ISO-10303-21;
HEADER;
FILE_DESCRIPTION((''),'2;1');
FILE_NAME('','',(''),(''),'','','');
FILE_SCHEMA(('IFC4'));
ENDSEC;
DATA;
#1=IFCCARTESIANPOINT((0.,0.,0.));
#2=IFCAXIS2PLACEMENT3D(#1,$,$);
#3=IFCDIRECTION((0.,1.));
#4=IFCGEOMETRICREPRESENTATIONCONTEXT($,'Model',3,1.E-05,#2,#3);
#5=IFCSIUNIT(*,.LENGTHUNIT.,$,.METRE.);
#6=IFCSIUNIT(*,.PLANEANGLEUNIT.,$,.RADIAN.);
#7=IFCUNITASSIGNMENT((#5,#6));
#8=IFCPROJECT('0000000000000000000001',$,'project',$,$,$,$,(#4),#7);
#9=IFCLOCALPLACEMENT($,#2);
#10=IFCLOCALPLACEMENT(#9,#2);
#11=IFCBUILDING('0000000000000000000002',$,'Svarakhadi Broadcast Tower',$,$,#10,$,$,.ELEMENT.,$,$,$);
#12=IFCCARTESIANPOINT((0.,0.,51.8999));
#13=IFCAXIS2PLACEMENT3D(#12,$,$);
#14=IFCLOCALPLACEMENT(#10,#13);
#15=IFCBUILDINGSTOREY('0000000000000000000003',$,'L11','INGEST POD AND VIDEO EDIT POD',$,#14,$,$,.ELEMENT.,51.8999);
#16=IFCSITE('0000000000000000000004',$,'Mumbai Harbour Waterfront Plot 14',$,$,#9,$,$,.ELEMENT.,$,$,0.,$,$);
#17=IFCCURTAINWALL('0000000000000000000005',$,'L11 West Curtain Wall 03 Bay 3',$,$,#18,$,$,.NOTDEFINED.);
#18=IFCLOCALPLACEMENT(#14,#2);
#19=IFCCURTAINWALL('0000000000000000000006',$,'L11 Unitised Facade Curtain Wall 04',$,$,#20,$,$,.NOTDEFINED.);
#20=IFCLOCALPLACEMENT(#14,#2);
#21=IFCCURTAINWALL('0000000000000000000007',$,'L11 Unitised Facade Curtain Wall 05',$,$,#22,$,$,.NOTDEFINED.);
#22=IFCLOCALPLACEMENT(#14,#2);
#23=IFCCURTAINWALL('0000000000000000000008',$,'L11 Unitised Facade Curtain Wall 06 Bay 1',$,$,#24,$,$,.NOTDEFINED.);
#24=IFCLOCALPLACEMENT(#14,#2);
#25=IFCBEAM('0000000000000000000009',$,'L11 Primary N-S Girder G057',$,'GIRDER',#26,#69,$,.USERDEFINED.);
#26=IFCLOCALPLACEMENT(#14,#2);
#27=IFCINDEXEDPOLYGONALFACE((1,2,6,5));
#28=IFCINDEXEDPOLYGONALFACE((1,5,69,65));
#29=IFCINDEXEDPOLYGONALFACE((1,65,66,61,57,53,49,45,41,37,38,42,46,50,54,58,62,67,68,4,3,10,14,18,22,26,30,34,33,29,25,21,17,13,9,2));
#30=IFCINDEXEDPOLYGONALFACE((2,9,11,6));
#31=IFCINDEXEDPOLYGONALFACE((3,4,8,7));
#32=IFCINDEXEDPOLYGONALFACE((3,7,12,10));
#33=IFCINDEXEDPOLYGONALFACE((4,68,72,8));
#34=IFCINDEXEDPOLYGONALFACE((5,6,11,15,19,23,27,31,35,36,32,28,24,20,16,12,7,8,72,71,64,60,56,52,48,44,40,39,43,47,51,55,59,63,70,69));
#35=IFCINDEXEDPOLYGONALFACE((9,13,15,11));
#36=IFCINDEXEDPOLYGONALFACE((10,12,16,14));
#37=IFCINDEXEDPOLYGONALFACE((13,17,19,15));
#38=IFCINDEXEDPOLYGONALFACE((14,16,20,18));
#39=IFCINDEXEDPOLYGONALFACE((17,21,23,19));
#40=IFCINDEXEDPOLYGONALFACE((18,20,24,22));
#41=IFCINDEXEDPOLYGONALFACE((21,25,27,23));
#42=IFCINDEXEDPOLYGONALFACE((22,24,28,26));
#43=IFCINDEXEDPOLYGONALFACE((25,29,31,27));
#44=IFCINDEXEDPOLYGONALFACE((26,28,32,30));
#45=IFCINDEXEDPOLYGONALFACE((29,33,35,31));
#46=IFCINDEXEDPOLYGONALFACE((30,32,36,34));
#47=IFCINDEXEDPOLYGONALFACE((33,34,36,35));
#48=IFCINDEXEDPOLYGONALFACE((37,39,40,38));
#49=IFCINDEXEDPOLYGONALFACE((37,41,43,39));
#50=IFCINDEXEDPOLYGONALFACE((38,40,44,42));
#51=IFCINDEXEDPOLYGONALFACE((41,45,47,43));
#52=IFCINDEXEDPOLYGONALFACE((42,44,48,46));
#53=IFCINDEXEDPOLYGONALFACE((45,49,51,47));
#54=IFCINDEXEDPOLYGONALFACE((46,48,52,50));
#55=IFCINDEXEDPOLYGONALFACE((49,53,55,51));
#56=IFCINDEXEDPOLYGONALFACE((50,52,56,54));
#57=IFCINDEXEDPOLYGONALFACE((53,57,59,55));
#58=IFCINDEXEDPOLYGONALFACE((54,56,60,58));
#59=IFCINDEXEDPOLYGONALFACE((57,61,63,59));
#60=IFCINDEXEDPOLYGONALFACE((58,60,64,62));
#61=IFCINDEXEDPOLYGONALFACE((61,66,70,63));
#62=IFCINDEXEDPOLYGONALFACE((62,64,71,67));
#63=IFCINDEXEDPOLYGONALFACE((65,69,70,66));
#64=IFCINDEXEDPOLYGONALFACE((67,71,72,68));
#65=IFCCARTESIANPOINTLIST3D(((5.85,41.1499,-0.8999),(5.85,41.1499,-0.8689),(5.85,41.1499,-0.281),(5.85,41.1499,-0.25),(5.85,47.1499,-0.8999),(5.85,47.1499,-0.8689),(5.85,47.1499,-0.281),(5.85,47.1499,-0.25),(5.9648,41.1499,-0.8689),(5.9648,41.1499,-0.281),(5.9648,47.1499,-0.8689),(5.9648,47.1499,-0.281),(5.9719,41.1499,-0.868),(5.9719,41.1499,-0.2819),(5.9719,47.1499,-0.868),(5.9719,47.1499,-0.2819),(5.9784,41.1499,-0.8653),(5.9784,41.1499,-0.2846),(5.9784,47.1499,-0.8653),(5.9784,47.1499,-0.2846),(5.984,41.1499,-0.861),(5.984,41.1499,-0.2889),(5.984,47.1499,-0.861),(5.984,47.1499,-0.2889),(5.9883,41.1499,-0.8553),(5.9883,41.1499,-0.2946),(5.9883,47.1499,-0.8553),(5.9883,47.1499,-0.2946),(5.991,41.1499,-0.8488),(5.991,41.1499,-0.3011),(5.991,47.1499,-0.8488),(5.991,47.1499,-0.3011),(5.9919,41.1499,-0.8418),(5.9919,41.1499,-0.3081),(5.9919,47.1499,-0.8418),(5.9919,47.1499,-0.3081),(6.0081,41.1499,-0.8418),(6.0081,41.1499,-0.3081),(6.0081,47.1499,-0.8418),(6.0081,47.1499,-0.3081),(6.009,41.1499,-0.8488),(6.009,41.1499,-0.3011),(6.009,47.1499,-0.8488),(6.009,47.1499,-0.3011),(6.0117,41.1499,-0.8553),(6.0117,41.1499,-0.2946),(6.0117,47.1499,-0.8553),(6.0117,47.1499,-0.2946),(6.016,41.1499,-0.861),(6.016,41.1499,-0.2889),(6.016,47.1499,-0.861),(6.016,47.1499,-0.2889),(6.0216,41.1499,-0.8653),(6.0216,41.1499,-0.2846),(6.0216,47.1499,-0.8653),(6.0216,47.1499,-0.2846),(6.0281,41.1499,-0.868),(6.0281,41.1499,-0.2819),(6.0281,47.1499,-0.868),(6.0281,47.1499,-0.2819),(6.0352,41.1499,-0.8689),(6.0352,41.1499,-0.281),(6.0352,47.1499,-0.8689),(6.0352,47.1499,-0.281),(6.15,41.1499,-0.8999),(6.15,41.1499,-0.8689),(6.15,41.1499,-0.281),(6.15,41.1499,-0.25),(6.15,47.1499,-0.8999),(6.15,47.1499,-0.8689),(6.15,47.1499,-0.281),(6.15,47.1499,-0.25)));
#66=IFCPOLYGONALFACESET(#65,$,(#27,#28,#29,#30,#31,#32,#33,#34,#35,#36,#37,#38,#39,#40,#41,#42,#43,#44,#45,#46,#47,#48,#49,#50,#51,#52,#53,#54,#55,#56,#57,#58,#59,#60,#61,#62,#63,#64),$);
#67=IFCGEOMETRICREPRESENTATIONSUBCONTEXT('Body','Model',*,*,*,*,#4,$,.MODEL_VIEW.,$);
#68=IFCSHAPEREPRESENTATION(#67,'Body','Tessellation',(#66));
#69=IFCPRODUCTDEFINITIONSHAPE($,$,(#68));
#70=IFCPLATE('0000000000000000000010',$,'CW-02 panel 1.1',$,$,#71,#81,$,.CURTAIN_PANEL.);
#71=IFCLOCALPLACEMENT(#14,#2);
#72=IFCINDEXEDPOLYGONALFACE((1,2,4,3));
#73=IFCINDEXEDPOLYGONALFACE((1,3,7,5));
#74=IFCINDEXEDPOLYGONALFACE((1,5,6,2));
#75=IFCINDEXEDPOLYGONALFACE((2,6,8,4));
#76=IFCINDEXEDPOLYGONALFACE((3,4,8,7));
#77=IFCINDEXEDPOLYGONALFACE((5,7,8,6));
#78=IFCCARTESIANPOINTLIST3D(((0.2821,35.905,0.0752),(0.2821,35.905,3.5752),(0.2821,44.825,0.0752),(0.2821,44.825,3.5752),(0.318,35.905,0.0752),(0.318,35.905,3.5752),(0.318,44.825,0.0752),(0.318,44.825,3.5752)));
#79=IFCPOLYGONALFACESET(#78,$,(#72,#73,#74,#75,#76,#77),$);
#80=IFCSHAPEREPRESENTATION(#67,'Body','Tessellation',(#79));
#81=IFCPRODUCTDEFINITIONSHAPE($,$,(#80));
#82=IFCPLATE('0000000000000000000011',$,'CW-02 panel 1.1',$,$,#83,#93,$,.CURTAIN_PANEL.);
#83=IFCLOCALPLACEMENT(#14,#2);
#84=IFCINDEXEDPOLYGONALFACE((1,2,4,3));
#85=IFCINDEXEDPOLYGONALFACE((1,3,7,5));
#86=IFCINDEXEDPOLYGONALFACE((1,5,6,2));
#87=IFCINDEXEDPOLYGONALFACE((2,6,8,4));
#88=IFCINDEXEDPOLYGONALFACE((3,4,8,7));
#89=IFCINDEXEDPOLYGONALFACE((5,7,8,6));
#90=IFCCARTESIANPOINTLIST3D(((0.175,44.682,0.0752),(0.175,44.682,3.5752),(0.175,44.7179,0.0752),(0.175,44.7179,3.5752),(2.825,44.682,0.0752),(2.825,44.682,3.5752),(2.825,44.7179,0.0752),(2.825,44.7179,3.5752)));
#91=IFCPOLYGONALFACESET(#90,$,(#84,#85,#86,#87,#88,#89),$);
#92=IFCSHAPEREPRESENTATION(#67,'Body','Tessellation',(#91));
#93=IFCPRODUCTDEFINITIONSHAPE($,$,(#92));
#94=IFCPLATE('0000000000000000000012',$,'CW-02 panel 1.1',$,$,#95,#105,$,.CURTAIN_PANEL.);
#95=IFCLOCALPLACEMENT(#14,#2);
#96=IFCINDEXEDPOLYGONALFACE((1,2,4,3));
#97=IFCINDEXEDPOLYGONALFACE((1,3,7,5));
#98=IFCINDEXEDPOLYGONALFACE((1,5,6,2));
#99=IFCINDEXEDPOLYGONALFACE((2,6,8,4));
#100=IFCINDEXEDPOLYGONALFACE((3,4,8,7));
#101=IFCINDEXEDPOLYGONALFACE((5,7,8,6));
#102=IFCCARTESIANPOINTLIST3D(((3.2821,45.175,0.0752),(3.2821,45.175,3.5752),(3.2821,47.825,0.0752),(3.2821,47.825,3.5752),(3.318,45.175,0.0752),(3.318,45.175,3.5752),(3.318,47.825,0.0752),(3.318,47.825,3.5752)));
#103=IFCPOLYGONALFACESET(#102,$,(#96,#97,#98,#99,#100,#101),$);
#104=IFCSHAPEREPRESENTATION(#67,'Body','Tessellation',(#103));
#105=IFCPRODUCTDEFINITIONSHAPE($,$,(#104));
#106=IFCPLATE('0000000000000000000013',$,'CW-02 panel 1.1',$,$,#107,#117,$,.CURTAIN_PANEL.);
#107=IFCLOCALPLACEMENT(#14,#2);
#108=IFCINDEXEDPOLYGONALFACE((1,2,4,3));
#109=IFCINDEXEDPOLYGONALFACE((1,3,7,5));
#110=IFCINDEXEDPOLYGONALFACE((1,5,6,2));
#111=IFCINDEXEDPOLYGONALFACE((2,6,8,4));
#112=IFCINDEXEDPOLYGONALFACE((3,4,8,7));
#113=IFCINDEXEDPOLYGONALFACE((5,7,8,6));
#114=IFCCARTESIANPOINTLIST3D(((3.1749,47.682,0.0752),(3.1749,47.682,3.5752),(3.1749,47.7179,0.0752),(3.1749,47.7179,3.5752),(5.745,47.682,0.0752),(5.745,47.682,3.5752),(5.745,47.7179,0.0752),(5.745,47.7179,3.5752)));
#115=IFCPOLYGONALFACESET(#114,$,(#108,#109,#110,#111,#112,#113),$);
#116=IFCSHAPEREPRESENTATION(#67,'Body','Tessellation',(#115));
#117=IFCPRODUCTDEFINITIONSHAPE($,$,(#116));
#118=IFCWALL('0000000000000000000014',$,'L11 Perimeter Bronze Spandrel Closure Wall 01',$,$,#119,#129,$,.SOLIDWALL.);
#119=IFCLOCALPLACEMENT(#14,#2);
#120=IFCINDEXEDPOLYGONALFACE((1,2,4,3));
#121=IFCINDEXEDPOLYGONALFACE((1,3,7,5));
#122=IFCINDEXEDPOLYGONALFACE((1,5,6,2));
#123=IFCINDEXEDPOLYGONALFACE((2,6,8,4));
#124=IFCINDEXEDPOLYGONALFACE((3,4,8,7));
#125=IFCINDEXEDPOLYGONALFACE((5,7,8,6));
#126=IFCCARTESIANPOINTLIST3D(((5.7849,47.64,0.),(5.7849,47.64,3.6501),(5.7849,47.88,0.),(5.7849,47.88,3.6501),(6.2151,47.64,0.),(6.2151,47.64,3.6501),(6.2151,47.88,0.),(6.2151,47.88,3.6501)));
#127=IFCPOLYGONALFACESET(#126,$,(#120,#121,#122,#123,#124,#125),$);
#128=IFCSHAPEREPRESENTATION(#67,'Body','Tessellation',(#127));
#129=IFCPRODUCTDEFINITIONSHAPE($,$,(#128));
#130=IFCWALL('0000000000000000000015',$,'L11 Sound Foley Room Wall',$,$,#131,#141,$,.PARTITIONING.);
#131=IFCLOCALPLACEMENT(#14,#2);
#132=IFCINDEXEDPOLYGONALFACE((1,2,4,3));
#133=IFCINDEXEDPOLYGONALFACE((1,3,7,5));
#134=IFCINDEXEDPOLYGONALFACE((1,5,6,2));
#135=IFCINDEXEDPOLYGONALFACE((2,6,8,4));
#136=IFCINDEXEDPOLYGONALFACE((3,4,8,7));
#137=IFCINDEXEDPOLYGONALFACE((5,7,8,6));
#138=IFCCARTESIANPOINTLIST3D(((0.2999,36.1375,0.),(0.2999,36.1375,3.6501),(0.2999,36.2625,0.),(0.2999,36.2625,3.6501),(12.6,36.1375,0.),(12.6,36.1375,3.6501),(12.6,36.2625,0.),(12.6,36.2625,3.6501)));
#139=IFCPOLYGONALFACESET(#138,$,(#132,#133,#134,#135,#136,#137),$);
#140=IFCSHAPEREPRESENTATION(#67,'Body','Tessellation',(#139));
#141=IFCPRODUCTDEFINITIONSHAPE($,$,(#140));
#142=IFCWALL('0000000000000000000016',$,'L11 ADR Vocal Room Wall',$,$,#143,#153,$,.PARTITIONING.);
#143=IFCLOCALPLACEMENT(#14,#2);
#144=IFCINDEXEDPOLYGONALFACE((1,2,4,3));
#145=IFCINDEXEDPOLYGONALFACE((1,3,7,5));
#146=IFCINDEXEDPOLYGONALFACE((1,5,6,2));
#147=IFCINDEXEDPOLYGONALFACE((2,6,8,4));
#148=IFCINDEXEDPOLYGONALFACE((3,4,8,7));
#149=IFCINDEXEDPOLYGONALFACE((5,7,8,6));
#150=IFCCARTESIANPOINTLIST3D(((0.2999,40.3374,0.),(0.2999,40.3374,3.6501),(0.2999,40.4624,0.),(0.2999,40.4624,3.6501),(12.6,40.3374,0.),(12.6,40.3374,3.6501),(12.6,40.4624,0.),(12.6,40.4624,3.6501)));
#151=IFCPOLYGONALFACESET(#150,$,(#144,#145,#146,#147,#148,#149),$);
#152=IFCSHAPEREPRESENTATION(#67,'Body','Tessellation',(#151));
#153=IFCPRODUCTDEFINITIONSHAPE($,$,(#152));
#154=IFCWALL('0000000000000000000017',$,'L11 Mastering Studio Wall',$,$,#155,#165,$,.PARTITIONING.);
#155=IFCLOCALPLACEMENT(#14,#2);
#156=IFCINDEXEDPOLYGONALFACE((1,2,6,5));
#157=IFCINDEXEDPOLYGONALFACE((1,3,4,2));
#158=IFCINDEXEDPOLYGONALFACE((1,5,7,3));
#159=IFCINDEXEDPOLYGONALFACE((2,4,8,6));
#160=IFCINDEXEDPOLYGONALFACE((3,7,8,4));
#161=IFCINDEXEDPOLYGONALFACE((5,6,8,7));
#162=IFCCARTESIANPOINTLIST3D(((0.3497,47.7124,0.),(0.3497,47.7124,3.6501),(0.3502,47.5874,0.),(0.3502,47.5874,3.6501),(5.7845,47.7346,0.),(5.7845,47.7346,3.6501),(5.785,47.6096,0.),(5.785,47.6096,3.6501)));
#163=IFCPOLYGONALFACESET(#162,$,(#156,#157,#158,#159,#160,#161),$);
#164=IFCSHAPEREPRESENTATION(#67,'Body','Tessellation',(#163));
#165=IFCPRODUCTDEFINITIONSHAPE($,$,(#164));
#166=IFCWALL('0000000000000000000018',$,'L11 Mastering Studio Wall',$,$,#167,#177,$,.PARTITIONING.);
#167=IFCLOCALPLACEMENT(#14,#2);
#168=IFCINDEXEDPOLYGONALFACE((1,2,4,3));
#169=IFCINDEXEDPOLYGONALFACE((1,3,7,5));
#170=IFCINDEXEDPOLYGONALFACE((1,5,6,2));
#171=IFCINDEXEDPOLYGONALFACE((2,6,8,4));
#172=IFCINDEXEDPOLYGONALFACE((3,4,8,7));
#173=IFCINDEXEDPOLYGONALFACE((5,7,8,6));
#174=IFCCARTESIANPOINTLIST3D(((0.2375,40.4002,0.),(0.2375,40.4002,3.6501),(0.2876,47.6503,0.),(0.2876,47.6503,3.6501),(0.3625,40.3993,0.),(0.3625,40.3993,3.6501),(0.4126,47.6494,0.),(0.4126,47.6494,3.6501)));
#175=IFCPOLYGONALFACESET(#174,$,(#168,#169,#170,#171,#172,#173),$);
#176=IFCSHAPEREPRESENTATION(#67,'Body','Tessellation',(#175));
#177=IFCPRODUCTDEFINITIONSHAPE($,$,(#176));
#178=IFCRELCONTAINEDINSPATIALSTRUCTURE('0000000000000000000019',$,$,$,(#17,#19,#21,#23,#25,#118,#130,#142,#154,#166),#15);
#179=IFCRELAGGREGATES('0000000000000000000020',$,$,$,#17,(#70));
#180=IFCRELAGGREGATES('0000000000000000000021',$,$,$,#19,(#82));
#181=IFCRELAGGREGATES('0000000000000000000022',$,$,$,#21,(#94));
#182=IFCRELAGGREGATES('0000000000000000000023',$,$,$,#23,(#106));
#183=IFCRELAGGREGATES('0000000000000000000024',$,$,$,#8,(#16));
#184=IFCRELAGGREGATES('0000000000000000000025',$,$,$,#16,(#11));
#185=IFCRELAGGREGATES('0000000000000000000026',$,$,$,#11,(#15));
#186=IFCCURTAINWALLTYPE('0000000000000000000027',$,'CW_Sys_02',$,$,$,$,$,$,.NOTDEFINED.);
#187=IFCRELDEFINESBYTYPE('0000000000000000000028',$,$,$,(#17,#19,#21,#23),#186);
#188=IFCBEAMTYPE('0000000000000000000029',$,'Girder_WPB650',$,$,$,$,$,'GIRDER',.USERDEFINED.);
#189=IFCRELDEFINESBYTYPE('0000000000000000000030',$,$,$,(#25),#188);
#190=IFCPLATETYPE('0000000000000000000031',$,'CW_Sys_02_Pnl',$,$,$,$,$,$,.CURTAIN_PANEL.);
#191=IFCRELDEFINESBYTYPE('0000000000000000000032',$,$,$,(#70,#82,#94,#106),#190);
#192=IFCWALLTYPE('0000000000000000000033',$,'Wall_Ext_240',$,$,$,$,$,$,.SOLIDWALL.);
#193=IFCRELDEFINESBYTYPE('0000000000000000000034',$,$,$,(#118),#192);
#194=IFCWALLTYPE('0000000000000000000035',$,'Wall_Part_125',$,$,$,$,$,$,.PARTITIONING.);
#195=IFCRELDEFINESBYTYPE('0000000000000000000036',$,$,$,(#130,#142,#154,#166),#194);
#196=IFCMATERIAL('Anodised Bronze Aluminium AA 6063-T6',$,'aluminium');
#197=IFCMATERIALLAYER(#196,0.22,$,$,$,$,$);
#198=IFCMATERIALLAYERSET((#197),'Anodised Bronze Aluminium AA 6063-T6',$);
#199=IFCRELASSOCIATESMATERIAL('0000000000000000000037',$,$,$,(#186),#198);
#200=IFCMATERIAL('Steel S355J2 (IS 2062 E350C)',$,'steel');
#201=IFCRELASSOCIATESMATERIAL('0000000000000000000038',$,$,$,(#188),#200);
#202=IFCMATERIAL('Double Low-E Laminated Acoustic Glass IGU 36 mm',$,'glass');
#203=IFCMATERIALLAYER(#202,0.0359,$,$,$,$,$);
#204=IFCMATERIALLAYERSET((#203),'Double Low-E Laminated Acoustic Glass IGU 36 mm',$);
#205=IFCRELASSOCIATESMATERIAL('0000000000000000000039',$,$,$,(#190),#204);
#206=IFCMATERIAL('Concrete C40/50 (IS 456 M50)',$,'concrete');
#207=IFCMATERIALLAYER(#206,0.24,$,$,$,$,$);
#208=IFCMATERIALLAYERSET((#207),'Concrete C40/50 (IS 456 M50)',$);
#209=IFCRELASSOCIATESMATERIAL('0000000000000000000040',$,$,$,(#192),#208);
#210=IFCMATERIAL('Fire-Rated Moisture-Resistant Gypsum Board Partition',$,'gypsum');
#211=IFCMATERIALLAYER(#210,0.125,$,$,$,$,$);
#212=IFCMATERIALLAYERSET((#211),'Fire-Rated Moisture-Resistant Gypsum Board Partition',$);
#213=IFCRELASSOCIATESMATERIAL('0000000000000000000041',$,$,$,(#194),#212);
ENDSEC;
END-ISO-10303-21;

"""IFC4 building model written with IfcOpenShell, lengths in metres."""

from ifc_helpers import new_model, si_unit, direction, frame, frame_2d, origin, origin_2d, place, context, subcontext, project, spatial, rectangle, i_section, extrude, material, layer, layer_set, material_profile, profile_set, type_object, element, aggregate, save


model = new_model("IFC4")

# Units and contexts
model_context = context("Model", 3, precision=1e-05, world=origin(), true_north=direction((0.0, 1.0)))
body_context = subcontext(model_context, "Body", "Model", "MODEL_VIEW")
ifc_project = project(units=[si_unit("LENGTHUNIT", "METRE"), si_unit("PLANEANGLEUNIT", "RADIAN")], contexts=[model_context])

# Site, building, storey
site_placement = place(None, origin())
site = spatial("IfcSite", under=ifc_project, at=site_placement, Name="Mumbai Harbour Waterfront Plot 14", CompositionType="ELEMENT", RefElevation=0.0)
building_placement = place(site_placement, origin())
building = spatial("IfcBuilding", under=site, at=building_placement, Name="Svarakhadi Broadcast Tower", CompositionType="ELEMENT")
storey_placement = place(building_placement, frame((0.0, 0.0, 51.8999)))
storey = spatial("IfcBuildingStorey", under=building, at=storey_placement, Name="L11", Description="INGEST POD AND VIDEO EDIT POD", CompositionType="ELEMENT", Elevation=51.8999)

# Shared definitions
ifc_material_1 = material(Name="Steel S355J2 (IS 2062 E350C)", Category="steel")

# Curtain walls
ifc_material_2 = material(Name="Anodised Bronze Aluminium AA 6063-T6", Category="aluminium")
ifc_layer_1 = layer(ifc_material_2, 0.22)
ifc_layer_set_1 = layer_set([ifc_layer_1], Name="Anodised Bronze Aluminium AA 6063-T6")
curtain_wall_type = type_object("IfcCurtainWallType", Name="CW_Sys_02", PredefinedType="NOTDEFINED", material=ifc_layer_set_1)
curtain_wall_1_placement = place(storey_placement, origin())
curtain_wall_1 = element("IfcCurtainWall", 1, at=curtain_wall_1_placement, inside=storey, type_object=curtain_wall_type, Name="L11 West Curtain Wall 03 Bay 3", PredefinedType="NOTDEFINED")
curtain_wall_2_placement = place(storey_placement, origin())
curtain_wall_2 = element("IfcCurtainWall", 2, at=curtain_wall_2_placement, inside=storey, type_object=curtain_wall_type, Name="L11 Unitised Facade Curtain Wall 04", PredefinedType="NOTDEFINED")
curtain_wall_3_placement = place(storey_placement, origin())
curtain_wall_3 = element("IfcCurtainWall", 3, at=curtain_wall_3_placement, inside=storey, type_object=curtain_wall_type, Name="L11 Unitised Facade Curtain Wall 05", PredefinedType="NOTDEFINED")
curtain_wall_4_placement = place(storey_placement, origin())
curtain_wall_4 = element("IfcCurtainWall", 4, at=curtain_wall_4_placement, inside=storey, type_object=curtain_wall_type, Name="L11 Unitised Facade Curtain Wall 06 Bay 1", PredefinedType="NOTDEFINED")

# Beam
ifc_material_profile_1 = material_profile(ifc_material_1, i_section(OverallWidth=0.3, OverallDepth=0.6499, WebThickness=0.0161, FlangeThickness=0.031, FilletRadius=0.0271, at=origin_2d()), Name="WPB 650x300x225")
ifc_profile_set_1 = profile_set([ifc_material_profile_1], Name="Steel S355J2 (IS 2062 E350C)")
beam_type_1 = type_object("IfcBeamType", Name="Girder_WPB650", ElementType="GIRDER", PredefinedType="USERDEFINED", material=ifc_profile_set_1)
for number, where, z_axis, x_axis, name in (
    (5, (6.0, 41.1499, -0.575), (0.0, 1.0, 0.0), (-1.0, 0.0, 0.0), "L11 Primary N-S Girder G057"),
):
    element("IfcBeam", number, at=place(storey_placement, frame(where, z_axis=z_axis, x_axis=x_axis)), inside=storey, type_object=beam_type_1, Name=name, ObjectType="GIRDER", PredefinedType="USERDEFINED", context=body_context, shape_type="SweptSolid", body=[
        extrude(i_section(OverallWidth=0.3, OverallDepth=0.6499, WebThickness=0.0161, FlangeThickness=0.031, FilletRadius=0.0271, at=origin_2d()), origin(), (0.0, 0.0, 1.0), 6.0),
    ])

# Plates
ifc_material_3 = material(Name="Double Low-E Laminated Acoustic Glass IGU 36 mm", Category="glass")
ifc_layer_2 = layer(ifc_material_3, 0.0359)
ifc_layer_set_2 = layer_set([ifc_layer_2], Name="Double Low-E Laminated Acoustic Glass IGU 36 mm")
plate_type = type_object("IfcPlateType", Name="CW_Sys_02_Pnl", PredefinedType="CURTAIN_PANEL", material=ifc_layer_set_2)
plate_1_placement = place(storey_placement, frame((0.3, 40.365, 0.0752), z_axis=(0.0, 0.0, 1.0), x_axis=(0.0, 1.0, 0.0)))
plate_1 = element("IfcPlate", 6, at=plate_1_placement, type_object=plate_type, Name="CW-02 panel 1.1", PredefinedType="CURTAIN_PANEL", context=body_context, shape_type="SweptSolid", body=[
    extrude(rectangle(XDim=8.9199, YDim=0.0359, at=origin_2d()), origin(), (0.0, 0.0, 1.0), 3.5),
])
aggregate(curtain_wall_1, [plate_1])
plate_2_placement = place(storey_placement, frame((1.5, 44.7, 0.0752), z_axis=(0.0, 0.0, 1.0), x_axis=(1.0, 0.0, 0.0)))
plate_2 = element("IfcPlate", 7, at=plate_2_placement, type_object=plate_type, Name="CW-02 panel 1.1", PredefinedType="CURTAIN_PANEL", context=body_context, shape_type="SweptSolid", body=[
    extrude(rectangle(XDim=2.6499, YDim=0.0359, at=origin_2d()), origin(), (0.0, 0.0, 1.0), 3.5),
])
aggregate(curtain_wall_2, [plate_2])
plate_3_placement = place(storey_placement, frame((3.3, 46.5, 0.0752), z_axis=(0.0, 0.0, 1.0), x_axis=(0.0, 1.0, 0.0)))
plate_3 = element("IfcPlate", 8, at=plate_3_placement, type_object=plate_type, Name="CW-02 panel 1.1", PredefinedType="CURTAIN_PANEL", context=body_context, shape_type="SweptSolid", body=[
    extrude(rectangle(XDim=2.6499, YDim=0.0359, at=origin_2d()), origin(), (0.0, 0.0, 1.0), 3.5),
])
aggregate(curtain_wall_3, [plate_3])
plate_4_placement = place(storey_placement, frame((4.46, 47.7, 0.0752), z_axis=(0.0, 0.0, 1.0), x_axis=(1.0, 0.0, 0.0)))
plate_4 = element("IfcPlate", 9, at=plate_4_placement, type_object=plate_type, Name="CW-02 panel 1.1", PredefinedType="CURTAIN_PANEL", context=body_context, shape_type="SweptSolid", body=[
    extrude(rectangle(XDim=2.5701, YDim=0.0359, at=origin_2d()), origin(), (0.0, 0.0, 1.0), 3.5),
])
aggregate(curtain_wall_4, [plate_4])

# Walls
ifc_material_4 = material(Name="Concrete C40/50 (IS 456 M50)", Category="concrete")
ifc_layer_3 = layer(ifc_material_4, 0.24)
ifc_layer_set_3 = layer_set([ifc_layer_3], Name="Concrete C40/50 (IS 456 M50)")
wall_type_1 = type_object("IfcWallType", Name="Wall_Ext_240", PredefinedType="SOLIDWALL", material=ifc_layer_set_3)
wall_1_placement = place(storey_placement, frame((5.7849, 47.76, 0.0), z_axis=(0.0, 0.0, 1.0), x_axis=(1.0, 0.0, 0.0)))
element("IfcWall", 10, at=wall_1_placement, inside=storey, type_object=wall_type_1, Name="L11 Perimeter Bronze Spandrel Closure Wall 01", PredefinedType="SOLIDWALL", context=body_context, shape_type="SweptSolid", body=[
    extrude(rectangle(XDim=0.4302, YDim=0.24, at=frame_2d((0.2151, 0.0))), origin(), (0.0, 0.0, 1.0), 3.6501),
])
ifc_material_5 = material(Name="Fire-Rated Moisture-Resistant Gypsum Board Partition", Category="gypsum")
ifc_layer_4 = layer(ifc_material_5, 0.125)
ifc_layer_set_4 = layer_set([ifc_layer_4], Name="Fire-Rated Moisture-Resistant Gypsum Board Partition")
wall_type_2 = type_object("IfcWallType", Name="Wall_Part_125", PredefinedType="PARTITIONING", material=ifc_layer_set_4)
for number, where, z_axis, x_axis, name in (
    (11, (0.3, 36.2, 0.0), (0.0, 0.0, 1.0), (1.0, 0.0, 0.0), "L11 Sound Foley Room Wall"),
    (12, (0.3, 40.3999, 0.0), (0.0, 0.0, 1.0), (1.0, 0.0, 0.0), "L11 ADR Vocal Room Wall"),
):
    element("IfcWall", number, at=place(storey_placement, frame(where, z_axis=z_axis, x_axis=x_axis)), inside=storey, type_object=wall_type_2, Name=name, PredefinedType="PARTITIONING", context=body_context, shape_type="SweptSolid", body=[
        extrude(rectangle(XDim=12.3, YDim=0.125, at=frame_2d((6.1499, 0.0))), origin(), (0.0, 0.0, 1.0), 3.6501),
    ])
wall_2_placement = place(storey_placement, frame((0.3501, 47.6499, 0.0), z_axis=(0.0, 0.0, 1.0), x_axis=(0.999992, 0.004088, 0.0)))
element("IfcWall", 13, at=wall_2_placement, inside=storey, type_object=wall_type_2, Name="L11 Mastering Studio Wall", PredefinedType="PARTITIONING", context=body_context, shape_type="SweptSolid", body=[
    extrude(rectangle(XDim=5.4348, YDim=0.125, at=frame_2d((2.7173, 0.0))), origin(), (0.0, 0.0, 1.0), 3.6501),
])
wall_3_placement = place(storey_placement, frame((0.3, 40.3999, 0.0), z_axis=(0.0, 0.0, 1.0), x_axis=(0.006903, 0.999976, 0.0)))
element("IfcWall", 14, at=wall_3_placement, inside=storey, type_object=wall_type_2, Name="L11 Mastering Studio Wall", PredefinedType="PARTITIONING", context=body_context, shape_type="SweptSolid", body=[
    extrude(rectangle(XDim=7.2502, YDim=0.125, at=frame_2d((3.625, 0.0))), origin(), (0.0, 0.0, 1.0), 3.6501),
])

save(model, "model.ifc")
